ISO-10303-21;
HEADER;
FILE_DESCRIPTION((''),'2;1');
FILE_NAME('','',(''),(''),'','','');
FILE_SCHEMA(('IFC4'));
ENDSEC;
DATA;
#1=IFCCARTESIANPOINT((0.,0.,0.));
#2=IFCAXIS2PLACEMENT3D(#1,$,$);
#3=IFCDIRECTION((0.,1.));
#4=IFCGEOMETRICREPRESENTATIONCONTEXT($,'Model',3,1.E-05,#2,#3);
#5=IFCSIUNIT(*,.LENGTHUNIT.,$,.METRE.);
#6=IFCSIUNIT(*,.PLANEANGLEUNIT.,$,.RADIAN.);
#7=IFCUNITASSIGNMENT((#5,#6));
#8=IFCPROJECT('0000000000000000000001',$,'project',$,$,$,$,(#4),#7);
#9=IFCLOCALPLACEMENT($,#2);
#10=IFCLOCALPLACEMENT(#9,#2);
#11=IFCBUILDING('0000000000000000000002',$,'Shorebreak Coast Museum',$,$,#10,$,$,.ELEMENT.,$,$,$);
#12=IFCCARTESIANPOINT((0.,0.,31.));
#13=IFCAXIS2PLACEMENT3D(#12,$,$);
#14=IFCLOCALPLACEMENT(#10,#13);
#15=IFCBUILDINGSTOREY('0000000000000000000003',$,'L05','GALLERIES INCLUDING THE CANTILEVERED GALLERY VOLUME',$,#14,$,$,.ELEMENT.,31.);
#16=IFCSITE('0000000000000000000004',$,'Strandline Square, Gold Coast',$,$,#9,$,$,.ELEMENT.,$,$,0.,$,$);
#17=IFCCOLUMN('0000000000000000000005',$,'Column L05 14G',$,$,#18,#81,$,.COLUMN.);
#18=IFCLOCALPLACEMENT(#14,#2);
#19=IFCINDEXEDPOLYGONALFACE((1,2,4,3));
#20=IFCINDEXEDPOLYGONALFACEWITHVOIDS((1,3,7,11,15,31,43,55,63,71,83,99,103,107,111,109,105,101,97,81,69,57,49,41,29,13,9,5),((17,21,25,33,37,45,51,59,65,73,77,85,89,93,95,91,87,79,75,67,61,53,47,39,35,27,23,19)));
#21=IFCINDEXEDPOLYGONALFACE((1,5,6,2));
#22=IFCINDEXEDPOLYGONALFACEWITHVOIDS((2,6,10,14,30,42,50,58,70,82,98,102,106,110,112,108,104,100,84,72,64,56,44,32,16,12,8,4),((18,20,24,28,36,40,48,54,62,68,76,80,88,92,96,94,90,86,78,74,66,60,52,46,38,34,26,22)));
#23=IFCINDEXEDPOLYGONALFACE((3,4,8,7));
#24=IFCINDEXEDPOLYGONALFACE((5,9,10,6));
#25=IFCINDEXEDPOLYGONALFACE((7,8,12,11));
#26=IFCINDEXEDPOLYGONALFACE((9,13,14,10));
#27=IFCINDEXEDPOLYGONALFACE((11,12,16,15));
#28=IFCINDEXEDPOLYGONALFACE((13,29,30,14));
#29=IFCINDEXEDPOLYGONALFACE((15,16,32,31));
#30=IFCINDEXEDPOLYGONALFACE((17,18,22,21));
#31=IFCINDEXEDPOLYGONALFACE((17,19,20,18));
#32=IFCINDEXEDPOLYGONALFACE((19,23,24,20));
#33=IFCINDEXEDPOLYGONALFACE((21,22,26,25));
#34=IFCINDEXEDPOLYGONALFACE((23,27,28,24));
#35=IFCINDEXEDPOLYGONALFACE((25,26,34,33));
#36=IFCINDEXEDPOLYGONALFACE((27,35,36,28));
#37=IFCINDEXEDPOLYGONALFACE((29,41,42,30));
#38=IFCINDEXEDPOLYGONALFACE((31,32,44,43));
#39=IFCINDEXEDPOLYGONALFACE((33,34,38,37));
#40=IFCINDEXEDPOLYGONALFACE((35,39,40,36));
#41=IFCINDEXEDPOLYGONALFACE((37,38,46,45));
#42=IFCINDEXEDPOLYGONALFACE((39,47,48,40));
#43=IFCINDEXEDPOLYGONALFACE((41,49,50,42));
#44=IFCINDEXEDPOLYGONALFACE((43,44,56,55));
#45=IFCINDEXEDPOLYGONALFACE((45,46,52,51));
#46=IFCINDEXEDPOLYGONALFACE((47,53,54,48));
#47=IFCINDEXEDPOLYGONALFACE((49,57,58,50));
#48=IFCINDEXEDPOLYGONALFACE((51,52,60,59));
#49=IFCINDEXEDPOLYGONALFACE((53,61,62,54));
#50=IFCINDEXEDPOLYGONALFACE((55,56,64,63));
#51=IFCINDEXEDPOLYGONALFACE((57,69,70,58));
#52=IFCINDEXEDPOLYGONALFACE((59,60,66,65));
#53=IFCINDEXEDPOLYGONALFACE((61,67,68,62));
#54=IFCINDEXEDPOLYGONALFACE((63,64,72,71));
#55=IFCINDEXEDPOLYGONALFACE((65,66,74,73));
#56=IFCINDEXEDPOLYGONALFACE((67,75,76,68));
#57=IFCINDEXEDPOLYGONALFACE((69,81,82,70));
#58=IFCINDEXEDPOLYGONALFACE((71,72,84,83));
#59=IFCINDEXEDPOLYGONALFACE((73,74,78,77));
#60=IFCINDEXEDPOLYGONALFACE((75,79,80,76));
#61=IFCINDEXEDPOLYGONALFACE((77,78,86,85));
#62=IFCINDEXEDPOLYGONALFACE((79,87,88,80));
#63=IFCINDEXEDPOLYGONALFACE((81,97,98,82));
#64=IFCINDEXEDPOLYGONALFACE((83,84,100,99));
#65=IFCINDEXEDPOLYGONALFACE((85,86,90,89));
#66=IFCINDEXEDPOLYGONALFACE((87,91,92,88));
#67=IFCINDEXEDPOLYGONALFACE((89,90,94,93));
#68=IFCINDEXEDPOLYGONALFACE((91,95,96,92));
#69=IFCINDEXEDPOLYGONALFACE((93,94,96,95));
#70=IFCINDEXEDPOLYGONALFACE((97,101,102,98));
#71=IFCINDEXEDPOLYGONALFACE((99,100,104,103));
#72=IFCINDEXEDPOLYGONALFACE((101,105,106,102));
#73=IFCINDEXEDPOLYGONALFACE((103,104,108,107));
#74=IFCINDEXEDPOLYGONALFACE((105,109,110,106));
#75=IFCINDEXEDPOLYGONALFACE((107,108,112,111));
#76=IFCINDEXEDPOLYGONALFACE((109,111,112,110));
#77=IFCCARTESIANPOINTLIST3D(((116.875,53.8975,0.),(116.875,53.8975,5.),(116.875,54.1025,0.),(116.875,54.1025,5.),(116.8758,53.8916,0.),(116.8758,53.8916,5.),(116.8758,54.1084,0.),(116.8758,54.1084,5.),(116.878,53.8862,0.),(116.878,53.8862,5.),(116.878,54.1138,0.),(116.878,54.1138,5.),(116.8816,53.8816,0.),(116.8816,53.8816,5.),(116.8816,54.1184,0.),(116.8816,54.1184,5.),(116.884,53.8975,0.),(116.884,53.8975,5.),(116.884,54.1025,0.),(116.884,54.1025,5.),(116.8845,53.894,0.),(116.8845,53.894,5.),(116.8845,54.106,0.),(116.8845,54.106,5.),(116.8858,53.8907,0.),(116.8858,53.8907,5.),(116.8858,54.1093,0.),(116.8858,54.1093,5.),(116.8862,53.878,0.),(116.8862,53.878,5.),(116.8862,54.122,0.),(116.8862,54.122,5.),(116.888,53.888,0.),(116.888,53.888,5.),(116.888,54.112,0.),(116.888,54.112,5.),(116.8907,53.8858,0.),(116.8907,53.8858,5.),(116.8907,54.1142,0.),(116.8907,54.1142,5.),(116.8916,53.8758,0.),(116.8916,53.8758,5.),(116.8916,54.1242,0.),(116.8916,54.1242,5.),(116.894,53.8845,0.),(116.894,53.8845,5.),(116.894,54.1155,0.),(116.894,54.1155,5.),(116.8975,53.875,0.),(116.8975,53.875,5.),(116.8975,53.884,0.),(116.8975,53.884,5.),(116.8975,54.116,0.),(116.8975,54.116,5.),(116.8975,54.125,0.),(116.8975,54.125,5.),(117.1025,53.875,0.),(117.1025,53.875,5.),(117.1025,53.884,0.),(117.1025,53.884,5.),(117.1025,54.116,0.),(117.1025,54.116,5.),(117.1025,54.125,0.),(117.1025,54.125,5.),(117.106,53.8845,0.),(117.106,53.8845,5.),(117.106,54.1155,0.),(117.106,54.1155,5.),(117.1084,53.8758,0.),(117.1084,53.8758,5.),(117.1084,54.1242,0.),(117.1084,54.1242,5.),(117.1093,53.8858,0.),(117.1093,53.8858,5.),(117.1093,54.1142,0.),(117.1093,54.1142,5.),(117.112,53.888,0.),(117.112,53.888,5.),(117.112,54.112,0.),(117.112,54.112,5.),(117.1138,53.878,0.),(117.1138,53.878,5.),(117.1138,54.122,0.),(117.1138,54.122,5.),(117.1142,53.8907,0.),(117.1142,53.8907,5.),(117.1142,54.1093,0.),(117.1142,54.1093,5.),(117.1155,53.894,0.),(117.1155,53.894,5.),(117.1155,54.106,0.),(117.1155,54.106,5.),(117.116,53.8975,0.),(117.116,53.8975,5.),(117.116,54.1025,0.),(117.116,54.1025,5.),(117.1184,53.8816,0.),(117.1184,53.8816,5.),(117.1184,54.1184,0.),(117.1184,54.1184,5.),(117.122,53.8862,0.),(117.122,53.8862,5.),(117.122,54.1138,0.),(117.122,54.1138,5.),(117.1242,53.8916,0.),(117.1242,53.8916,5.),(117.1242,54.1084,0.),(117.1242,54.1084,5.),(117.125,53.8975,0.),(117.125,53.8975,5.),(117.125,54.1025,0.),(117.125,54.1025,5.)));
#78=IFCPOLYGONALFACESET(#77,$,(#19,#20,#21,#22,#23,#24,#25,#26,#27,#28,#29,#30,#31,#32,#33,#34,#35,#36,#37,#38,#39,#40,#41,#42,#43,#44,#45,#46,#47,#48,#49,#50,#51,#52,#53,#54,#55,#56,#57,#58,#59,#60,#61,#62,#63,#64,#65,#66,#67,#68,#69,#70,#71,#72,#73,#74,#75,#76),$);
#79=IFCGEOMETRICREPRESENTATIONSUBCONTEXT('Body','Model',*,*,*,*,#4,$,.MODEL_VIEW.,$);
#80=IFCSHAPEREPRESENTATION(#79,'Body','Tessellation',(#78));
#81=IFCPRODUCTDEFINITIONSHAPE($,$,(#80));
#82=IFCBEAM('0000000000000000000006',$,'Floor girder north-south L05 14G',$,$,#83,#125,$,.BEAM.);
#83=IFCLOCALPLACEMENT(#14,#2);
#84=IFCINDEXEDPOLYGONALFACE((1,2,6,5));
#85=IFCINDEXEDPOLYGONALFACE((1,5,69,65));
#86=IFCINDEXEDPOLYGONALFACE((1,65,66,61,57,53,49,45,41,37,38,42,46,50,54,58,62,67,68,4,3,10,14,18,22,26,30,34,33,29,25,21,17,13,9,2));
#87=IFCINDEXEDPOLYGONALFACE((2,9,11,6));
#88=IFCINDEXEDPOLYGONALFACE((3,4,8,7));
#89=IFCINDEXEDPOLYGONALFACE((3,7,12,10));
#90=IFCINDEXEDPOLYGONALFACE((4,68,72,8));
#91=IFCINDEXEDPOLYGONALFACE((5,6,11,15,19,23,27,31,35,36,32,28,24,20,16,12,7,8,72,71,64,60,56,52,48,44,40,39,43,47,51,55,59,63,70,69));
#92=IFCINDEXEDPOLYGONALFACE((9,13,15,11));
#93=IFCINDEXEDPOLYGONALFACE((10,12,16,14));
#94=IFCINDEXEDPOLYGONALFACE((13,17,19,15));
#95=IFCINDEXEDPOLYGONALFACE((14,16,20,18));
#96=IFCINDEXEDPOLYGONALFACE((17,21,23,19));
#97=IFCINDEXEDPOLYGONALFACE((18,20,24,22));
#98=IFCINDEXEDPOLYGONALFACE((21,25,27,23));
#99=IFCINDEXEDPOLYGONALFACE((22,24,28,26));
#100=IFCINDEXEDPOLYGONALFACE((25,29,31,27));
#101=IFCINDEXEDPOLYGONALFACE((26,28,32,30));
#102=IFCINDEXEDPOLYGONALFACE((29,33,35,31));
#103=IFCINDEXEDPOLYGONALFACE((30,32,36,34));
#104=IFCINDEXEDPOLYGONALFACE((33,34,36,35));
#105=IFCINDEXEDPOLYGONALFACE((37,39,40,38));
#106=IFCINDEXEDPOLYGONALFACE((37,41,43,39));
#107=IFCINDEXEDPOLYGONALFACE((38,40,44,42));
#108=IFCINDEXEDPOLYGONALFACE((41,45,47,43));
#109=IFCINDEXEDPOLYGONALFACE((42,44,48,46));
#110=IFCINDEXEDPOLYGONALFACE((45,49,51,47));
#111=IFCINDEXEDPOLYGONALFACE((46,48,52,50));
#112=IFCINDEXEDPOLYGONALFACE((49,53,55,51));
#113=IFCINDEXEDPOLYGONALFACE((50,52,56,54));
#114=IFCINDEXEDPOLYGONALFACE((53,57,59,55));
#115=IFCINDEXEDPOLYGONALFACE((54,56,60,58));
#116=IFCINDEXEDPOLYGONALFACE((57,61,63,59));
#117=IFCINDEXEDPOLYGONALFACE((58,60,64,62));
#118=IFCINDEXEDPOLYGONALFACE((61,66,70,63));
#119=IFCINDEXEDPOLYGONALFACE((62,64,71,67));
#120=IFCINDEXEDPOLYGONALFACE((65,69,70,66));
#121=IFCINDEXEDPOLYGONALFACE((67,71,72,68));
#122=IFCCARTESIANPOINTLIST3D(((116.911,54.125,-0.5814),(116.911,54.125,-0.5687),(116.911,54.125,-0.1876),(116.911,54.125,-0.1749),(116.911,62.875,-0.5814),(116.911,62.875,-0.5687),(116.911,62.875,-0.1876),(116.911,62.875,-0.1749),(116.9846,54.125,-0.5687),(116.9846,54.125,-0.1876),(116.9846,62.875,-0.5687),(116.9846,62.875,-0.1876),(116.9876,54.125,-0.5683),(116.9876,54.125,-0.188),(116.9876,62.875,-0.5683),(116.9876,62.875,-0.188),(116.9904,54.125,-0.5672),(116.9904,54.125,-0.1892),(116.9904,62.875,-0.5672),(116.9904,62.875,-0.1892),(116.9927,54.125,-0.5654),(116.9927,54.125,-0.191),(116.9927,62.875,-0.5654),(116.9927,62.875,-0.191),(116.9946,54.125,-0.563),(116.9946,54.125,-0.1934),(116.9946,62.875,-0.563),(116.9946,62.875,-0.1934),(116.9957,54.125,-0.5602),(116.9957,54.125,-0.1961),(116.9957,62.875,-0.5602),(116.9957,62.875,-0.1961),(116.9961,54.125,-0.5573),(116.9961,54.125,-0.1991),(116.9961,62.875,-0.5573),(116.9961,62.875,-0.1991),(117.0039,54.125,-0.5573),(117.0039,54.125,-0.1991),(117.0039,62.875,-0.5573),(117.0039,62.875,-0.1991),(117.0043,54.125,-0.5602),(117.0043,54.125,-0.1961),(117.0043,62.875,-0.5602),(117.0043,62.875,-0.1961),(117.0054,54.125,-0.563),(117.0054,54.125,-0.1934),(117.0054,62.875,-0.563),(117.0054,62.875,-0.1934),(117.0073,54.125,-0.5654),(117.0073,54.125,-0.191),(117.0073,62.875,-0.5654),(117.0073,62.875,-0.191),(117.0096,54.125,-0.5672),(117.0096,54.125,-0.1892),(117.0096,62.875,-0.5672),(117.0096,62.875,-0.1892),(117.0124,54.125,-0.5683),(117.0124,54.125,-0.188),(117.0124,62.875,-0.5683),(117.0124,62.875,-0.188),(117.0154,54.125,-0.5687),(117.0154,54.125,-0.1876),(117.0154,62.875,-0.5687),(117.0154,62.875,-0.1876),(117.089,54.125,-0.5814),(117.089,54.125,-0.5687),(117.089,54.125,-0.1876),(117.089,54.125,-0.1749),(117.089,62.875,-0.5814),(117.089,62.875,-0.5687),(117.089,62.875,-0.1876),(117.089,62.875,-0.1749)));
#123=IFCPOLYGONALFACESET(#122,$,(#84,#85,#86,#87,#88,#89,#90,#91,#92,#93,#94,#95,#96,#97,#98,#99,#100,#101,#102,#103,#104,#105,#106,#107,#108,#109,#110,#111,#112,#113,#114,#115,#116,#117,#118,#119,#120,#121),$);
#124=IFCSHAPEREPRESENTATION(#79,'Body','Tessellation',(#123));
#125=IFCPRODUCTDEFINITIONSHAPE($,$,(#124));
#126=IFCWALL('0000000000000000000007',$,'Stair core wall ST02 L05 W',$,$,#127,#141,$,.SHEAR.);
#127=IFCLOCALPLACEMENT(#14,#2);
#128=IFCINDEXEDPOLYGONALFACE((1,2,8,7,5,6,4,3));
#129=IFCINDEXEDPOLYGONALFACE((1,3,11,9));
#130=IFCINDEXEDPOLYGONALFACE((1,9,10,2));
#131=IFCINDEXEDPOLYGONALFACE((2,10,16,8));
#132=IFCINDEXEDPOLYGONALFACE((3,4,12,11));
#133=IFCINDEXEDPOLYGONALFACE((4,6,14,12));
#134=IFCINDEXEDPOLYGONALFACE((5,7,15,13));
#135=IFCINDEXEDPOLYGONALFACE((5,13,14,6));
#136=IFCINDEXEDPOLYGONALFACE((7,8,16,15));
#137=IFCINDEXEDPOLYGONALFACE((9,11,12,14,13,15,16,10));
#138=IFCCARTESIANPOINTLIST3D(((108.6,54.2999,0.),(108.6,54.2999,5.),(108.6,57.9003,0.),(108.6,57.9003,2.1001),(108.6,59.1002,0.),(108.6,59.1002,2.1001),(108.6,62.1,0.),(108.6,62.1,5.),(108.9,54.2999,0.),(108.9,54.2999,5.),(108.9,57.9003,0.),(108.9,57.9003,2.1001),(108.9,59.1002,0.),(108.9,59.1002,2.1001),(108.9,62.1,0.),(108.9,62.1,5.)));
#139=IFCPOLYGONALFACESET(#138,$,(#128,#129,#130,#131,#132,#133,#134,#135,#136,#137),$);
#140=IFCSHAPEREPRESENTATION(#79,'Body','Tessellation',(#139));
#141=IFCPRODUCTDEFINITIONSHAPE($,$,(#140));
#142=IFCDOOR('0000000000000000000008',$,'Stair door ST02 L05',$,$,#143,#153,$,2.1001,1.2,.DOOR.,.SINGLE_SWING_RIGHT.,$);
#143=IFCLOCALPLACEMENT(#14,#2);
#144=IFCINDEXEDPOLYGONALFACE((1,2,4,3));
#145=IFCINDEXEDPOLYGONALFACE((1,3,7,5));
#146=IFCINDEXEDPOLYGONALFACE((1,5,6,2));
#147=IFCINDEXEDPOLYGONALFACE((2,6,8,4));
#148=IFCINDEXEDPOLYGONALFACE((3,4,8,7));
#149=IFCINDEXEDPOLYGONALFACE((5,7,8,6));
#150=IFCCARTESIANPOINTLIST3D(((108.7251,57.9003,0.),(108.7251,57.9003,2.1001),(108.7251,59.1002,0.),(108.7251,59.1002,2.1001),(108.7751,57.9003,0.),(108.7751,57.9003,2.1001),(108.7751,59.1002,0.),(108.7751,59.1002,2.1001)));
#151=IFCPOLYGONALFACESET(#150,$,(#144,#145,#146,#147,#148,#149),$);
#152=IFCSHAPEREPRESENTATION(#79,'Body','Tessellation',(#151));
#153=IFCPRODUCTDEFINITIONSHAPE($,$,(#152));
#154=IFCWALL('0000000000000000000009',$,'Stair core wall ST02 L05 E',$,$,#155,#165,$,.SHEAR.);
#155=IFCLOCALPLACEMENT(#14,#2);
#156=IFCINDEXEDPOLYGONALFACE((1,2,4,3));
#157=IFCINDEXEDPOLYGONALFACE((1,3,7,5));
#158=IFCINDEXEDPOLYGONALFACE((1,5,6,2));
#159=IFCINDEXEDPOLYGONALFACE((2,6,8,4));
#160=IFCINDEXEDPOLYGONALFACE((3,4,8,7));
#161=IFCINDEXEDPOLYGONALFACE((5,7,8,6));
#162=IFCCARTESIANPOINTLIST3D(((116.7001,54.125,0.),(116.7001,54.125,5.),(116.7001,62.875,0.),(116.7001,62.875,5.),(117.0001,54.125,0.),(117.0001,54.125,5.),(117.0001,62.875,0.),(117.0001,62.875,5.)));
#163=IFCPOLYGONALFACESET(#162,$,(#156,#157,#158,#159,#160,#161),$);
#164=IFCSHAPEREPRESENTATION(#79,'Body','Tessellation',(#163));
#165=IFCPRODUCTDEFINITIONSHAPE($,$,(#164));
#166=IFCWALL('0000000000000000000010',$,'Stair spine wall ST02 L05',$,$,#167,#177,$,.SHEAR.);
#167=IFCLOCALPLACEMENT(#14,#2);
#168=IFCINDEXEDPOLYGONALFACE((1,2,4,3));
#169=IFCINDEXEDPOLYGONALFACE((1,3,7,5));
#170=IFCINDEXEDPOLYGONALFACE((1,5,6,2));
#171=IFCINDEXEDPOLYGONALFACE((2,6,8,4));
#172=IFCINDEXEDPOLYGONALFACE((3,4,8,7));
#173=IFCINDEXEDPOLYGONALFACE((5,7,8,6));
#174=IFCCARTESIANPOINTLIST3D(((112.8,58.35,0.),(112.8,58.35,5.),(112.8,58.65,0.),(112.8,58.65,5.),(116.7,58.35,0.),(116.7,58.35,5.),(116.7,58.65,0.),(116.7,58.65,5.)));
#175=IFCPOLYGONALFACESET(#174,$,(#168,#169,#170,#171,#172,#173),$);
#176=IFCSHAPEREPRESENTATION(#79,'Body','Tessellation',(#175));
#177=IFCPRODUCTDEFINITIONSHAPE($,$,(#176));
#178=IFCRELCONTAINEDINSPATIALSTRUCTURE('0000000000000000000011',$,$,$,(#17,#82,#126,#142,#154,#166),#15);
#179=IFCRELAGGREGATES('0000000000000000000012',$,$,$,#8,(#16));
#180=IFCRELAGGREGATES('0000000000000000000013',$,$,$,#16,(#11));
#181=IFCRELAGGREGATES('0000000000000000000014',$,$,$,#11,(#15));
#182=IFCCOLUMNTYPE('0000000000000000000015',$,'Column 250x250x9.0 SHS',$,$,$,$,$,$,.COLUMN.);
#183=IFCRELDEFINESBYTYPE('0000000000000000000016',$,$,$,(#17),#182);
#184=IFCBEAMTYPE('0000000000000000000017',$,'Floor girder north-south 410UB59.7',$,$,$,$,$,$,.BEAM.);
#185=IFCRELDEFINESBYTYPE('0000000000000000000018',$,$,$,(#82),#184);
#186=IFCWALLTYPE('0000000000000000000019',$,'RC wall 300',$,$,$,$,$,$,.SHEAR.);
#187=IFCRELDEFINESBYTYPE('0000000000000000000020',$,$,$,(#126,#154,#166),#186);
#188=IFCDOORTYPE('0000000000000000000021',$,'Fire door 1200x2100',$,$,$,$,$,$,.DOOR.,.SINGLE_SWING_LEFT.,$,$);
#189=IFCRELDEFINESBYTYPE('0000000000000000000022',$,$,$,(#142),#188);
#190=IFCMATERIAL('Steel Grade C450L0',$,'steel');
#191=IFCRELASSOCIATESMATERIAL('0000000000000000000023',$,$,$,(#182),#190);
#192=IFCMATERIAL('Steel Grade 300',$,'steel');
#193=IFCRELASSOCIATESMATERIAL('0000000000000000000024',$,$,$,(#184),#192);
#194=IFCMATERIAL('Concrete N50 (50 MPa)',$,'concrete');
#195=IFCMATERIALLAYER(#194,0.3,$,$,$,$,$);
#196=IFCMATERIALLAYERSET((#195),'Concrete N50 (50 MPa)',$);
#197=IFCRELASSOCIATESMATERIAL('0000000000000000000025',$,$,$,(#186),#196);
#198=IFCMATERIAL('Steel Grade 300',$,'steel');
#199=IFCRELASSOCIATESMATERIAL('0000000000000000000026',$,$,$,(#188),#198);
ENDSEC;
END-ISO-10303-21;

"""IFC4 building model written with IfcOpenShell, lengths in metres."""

from ifc_helpers import new_model, si_unit, direction, frame, frame_2d, origin, origin_2d, place, context, subcontext, project, spatial, rectangle, hollow_rectangle, i_section, extrude, material, layer, layer_set, material_profile, profile_set, type_object, element, fill, save


model = new_model("IFC4")

# Units and contexts
model_context = context("Model", 3, precision=1e-05, world=origin(), true_north=direction((0.0, 1.0)))
body_context = subcontext(model_context, "Body", "Model", "MODEL_VIEW")
ifc_project = project(units=[si_unit("LENGTHUNIT", "METRE"), si_unit("PLANEANGLEUNIT", "RADIAN")], contexts=[model_context])

# Site, building, storey
site_placement = place(None, origin())
site = spatial("IfcSite", under=ifc_project, at=site_placement, Name="Strandline Square, Gold Coast", CompositionType="ELEMENT", RefElevation=0.0)
building_placement = place(site_placement, origin())
building = spatial("IfcBuilding", under=site, at=building_placement, Name="Shorebreak Coast Museum", CompositionType="ELEMENT")
storey_placement = place(building_placement, frame((0.0, 0.0, 31.0)))
storey = spatial("IfcBuildingStorey", under=building, at=storey_placement, Name="L05", Description="GALLERIES INCLUDING THE CANTILEVERED GALLERY VOLUME", CompositionType="ELEMENT", Elevation=31.0)

# Column
ifc_material_1 = material(Name="Steel Grade C450L0", Category="steel")
ifc_material_profile_1 = material_profile(ifc_material_1, hollow_rectangle(XDim=0.25, YDim=0.25, WallThickness=0.009, InnerFilletRadius=0.0134, OuterFilletRadius=0.0225, at=origin_2d()), Name="250x250x9.0 SHS")
ifc_profile_set_1 = profile_set([ifc_material_profile_1], Name="Steel Grade C450L0")
column_type = type_object("IfcColumnType", Name="Column 250x250x9.0 SHS", PredefinedType="COLUMN", material=ifc_profile_set_1)
column_placement = place(storey_placement, frame((117.0, 54.0, 0.0), z_axis=(0.0, 0.0, 1.0), x_axis=(1.0, 0.0, 0.0)))
element("IfcColumn", 1, at=column_placement, inside=storey, type_object=column_type, Name="Column L05 14G", PredefinedType="COLUMN", context=body_context, shape_type="SweptSolid", body=[
    extrude(hollow_rectangle(XDim=0.25, YDim=0.25, WallThickness=0.009, InnerFilletRadius=0.0134, OuterFilletRadius=0.0225, at=origin_2d()), origin(), (0.0, 0.0, 1.0), 5.0),
])

# Beam
ifc_material_2 = material(Name="Steel Grade 300", Category="steel")
ifc_material_profile_2 = material_profile(ifc_material_2, i_section(OverallWidth=0.178, OverallDepth=0.4065, WebThickness=0.0078, FlangeThickness=0.0127, FilletRadius=0.0115, at=origin_2d()), Name="410UB59.7")
ifc_profile_set_2 = profile_set([ifc_material_profile_2], Name="Steel Grade 300")
beam_type = type_object("IfcBeamType", Name="Floor girder north-south 410UB59.7", PredefinedType="BEAM", material=ifc_profile_set_2)
beam_placement = place(storey_placement, frame((117.0, 54.125, -0.3782), z_axis=(0.0, 1.0, 0.0), x_axis=(-1.0, 0.0, 0.0)))
element("IfcBeam", 2, at=beam_placement, inside=storey, type_object=beam_type, Name="Floor girder north-south L05 14G", PredefinedType="BEAM", context=body_context, shape_type="SweptSolid", body=[
    extrude(i_section(OverallWidth=0.178, OverallDepth=0.4065, WebThickness=0.0078, FlangeThickness=0.0127, FilletRadius=0.0115, at=origin_2d()), origin(), (0.0, 0.0, 1.0), 8.75),
])

# Wall, opening, door
ifc_material_3 = material(Name="Concrete N50 (50 MPa)", Category="concrete")
ifc_layer_1 = layer(ifc_material_3, 0.3)
ifc_layer_set_1 = layer_set([ifc_layer_1], Name="Concrete N50 (50 MPa)")
wall_type_1 = type_object("IfcWallType", Name="RC wall 300", PredefinedType="SHEAR", material=ifc_layer_set_1)
wall_1_placement = place(storey_placement, frame((108.75, 54.3, 0.0), z_axis=(0.0, 0.0, 1.0), x_axis=(0.0, 1.0, 0.0)))
wall_1 = element("IfcWall", 3, at=wall_1_placement, inside=storey, type_object=wall_type_1, Name="Stair core wall ST02 L05 W", PredefinedType="SHEAR", context=body_context, shape_type="SweptSolid", body=[
    extrude(rectangle(XDim=7.8, YDim=0.3, at=frame_2d((3.8999, 0.0))), origin(), (0.0, 0.0, 1.0), 5.0),
])
opening_placement = place(wall_1_placement, frame((3.6001, 0.0, 0.0)))
opening = element("IfcOpeningElement", 4, at=opening_placement, cuts=wall_1, PredefinedType="OPENING", context=body_context, shape_type="SweptSolid", body=[
    extrude(rectangle(XDim=1.2, YDim=2.1001, at=frame_2d((0.6001, 1.05))), frame((0.0, 0.1599, 0.0), z_axis=(0.0, -1.0, 0.0), x_axis=(1.0, 0.0, 0.0)), (0.0, 0.0, 1.0), 0.3201),
])
ifc_material_4 = material(Name="Steel Grade 300", Category="steel")
door_type = type_object("IfcDoorType", Name="Fire door 1200x2100", OperationType="SINGLE_SWING_LEFT", PredefinedType="DOOR", material=ifc_material_4)
door_placement = place(opening_placement, origin())
door = element("IfcDoor", 5, at=door_placement, inside=storey, type_object=door_type, Name="Stair door ST02 L05", OperationType="SINGLE_SWING_RIGHT", OverallHeight=2.1001, OverallWidth=1.2, PredefinedType="DOOR", context=body_context, shape_type="SweptSolid", body=[
    extrude(rectangle(XDim=1.2, YDim=2.1001, at=frame_2d((0.6001, 1.05))), frame((0.0, 0.0249, 0.0), z_axis=(0.0, -1.0, 0.0), x_axis=(1.0, 0.0, 0.0)), (0.0, 0.0, 1.0), 0.05),
])
fill(opening, door)

# Walls
wall_2_placement = place(storey_placement, frame((116.8501, 54.125, 0.0), z_axis=(0.0, 0.0, 1.0), x_axis=(0.0, 1.0, 0.0)))
element("IfcWall", 6, at=wall_2_placement, inside=storey, type_object=wall_type_1, Name="Stair core wall ST02 L05 E", PredefinedType="SHEAR", context=body_context, shape_type="SweptSolid", body=[
    extrude(rectangle(XDim=8.75, YDim=0.3, at=frame_2d((4.375, 0.0))), origin(), (0.0, 0.0, 1.0), 5.0),
])
wall_3_placement = place(storey_placement, frame((112.8, 58.5, 0.0), z_axis=(0.0, 0.0, 1.0), x_axis=(1.0, 0.0, 0.0)))
element("IfcWall", 7, at=wall_3_placement, inside=storey, type_object=wall_type_1, Name="Stair spine wall ST02 L05", PredefinedType="SHEAR", context=body_context, shape_type="SweptSolid", body=[
    extrude(rectangle(XDim=3.8999, YDim=0.3, at=frame_2d((1.95, 0.0))), origin(), (0.0, 0.0, 1.0), 5.0),
])

save(model, "model.ifc")
